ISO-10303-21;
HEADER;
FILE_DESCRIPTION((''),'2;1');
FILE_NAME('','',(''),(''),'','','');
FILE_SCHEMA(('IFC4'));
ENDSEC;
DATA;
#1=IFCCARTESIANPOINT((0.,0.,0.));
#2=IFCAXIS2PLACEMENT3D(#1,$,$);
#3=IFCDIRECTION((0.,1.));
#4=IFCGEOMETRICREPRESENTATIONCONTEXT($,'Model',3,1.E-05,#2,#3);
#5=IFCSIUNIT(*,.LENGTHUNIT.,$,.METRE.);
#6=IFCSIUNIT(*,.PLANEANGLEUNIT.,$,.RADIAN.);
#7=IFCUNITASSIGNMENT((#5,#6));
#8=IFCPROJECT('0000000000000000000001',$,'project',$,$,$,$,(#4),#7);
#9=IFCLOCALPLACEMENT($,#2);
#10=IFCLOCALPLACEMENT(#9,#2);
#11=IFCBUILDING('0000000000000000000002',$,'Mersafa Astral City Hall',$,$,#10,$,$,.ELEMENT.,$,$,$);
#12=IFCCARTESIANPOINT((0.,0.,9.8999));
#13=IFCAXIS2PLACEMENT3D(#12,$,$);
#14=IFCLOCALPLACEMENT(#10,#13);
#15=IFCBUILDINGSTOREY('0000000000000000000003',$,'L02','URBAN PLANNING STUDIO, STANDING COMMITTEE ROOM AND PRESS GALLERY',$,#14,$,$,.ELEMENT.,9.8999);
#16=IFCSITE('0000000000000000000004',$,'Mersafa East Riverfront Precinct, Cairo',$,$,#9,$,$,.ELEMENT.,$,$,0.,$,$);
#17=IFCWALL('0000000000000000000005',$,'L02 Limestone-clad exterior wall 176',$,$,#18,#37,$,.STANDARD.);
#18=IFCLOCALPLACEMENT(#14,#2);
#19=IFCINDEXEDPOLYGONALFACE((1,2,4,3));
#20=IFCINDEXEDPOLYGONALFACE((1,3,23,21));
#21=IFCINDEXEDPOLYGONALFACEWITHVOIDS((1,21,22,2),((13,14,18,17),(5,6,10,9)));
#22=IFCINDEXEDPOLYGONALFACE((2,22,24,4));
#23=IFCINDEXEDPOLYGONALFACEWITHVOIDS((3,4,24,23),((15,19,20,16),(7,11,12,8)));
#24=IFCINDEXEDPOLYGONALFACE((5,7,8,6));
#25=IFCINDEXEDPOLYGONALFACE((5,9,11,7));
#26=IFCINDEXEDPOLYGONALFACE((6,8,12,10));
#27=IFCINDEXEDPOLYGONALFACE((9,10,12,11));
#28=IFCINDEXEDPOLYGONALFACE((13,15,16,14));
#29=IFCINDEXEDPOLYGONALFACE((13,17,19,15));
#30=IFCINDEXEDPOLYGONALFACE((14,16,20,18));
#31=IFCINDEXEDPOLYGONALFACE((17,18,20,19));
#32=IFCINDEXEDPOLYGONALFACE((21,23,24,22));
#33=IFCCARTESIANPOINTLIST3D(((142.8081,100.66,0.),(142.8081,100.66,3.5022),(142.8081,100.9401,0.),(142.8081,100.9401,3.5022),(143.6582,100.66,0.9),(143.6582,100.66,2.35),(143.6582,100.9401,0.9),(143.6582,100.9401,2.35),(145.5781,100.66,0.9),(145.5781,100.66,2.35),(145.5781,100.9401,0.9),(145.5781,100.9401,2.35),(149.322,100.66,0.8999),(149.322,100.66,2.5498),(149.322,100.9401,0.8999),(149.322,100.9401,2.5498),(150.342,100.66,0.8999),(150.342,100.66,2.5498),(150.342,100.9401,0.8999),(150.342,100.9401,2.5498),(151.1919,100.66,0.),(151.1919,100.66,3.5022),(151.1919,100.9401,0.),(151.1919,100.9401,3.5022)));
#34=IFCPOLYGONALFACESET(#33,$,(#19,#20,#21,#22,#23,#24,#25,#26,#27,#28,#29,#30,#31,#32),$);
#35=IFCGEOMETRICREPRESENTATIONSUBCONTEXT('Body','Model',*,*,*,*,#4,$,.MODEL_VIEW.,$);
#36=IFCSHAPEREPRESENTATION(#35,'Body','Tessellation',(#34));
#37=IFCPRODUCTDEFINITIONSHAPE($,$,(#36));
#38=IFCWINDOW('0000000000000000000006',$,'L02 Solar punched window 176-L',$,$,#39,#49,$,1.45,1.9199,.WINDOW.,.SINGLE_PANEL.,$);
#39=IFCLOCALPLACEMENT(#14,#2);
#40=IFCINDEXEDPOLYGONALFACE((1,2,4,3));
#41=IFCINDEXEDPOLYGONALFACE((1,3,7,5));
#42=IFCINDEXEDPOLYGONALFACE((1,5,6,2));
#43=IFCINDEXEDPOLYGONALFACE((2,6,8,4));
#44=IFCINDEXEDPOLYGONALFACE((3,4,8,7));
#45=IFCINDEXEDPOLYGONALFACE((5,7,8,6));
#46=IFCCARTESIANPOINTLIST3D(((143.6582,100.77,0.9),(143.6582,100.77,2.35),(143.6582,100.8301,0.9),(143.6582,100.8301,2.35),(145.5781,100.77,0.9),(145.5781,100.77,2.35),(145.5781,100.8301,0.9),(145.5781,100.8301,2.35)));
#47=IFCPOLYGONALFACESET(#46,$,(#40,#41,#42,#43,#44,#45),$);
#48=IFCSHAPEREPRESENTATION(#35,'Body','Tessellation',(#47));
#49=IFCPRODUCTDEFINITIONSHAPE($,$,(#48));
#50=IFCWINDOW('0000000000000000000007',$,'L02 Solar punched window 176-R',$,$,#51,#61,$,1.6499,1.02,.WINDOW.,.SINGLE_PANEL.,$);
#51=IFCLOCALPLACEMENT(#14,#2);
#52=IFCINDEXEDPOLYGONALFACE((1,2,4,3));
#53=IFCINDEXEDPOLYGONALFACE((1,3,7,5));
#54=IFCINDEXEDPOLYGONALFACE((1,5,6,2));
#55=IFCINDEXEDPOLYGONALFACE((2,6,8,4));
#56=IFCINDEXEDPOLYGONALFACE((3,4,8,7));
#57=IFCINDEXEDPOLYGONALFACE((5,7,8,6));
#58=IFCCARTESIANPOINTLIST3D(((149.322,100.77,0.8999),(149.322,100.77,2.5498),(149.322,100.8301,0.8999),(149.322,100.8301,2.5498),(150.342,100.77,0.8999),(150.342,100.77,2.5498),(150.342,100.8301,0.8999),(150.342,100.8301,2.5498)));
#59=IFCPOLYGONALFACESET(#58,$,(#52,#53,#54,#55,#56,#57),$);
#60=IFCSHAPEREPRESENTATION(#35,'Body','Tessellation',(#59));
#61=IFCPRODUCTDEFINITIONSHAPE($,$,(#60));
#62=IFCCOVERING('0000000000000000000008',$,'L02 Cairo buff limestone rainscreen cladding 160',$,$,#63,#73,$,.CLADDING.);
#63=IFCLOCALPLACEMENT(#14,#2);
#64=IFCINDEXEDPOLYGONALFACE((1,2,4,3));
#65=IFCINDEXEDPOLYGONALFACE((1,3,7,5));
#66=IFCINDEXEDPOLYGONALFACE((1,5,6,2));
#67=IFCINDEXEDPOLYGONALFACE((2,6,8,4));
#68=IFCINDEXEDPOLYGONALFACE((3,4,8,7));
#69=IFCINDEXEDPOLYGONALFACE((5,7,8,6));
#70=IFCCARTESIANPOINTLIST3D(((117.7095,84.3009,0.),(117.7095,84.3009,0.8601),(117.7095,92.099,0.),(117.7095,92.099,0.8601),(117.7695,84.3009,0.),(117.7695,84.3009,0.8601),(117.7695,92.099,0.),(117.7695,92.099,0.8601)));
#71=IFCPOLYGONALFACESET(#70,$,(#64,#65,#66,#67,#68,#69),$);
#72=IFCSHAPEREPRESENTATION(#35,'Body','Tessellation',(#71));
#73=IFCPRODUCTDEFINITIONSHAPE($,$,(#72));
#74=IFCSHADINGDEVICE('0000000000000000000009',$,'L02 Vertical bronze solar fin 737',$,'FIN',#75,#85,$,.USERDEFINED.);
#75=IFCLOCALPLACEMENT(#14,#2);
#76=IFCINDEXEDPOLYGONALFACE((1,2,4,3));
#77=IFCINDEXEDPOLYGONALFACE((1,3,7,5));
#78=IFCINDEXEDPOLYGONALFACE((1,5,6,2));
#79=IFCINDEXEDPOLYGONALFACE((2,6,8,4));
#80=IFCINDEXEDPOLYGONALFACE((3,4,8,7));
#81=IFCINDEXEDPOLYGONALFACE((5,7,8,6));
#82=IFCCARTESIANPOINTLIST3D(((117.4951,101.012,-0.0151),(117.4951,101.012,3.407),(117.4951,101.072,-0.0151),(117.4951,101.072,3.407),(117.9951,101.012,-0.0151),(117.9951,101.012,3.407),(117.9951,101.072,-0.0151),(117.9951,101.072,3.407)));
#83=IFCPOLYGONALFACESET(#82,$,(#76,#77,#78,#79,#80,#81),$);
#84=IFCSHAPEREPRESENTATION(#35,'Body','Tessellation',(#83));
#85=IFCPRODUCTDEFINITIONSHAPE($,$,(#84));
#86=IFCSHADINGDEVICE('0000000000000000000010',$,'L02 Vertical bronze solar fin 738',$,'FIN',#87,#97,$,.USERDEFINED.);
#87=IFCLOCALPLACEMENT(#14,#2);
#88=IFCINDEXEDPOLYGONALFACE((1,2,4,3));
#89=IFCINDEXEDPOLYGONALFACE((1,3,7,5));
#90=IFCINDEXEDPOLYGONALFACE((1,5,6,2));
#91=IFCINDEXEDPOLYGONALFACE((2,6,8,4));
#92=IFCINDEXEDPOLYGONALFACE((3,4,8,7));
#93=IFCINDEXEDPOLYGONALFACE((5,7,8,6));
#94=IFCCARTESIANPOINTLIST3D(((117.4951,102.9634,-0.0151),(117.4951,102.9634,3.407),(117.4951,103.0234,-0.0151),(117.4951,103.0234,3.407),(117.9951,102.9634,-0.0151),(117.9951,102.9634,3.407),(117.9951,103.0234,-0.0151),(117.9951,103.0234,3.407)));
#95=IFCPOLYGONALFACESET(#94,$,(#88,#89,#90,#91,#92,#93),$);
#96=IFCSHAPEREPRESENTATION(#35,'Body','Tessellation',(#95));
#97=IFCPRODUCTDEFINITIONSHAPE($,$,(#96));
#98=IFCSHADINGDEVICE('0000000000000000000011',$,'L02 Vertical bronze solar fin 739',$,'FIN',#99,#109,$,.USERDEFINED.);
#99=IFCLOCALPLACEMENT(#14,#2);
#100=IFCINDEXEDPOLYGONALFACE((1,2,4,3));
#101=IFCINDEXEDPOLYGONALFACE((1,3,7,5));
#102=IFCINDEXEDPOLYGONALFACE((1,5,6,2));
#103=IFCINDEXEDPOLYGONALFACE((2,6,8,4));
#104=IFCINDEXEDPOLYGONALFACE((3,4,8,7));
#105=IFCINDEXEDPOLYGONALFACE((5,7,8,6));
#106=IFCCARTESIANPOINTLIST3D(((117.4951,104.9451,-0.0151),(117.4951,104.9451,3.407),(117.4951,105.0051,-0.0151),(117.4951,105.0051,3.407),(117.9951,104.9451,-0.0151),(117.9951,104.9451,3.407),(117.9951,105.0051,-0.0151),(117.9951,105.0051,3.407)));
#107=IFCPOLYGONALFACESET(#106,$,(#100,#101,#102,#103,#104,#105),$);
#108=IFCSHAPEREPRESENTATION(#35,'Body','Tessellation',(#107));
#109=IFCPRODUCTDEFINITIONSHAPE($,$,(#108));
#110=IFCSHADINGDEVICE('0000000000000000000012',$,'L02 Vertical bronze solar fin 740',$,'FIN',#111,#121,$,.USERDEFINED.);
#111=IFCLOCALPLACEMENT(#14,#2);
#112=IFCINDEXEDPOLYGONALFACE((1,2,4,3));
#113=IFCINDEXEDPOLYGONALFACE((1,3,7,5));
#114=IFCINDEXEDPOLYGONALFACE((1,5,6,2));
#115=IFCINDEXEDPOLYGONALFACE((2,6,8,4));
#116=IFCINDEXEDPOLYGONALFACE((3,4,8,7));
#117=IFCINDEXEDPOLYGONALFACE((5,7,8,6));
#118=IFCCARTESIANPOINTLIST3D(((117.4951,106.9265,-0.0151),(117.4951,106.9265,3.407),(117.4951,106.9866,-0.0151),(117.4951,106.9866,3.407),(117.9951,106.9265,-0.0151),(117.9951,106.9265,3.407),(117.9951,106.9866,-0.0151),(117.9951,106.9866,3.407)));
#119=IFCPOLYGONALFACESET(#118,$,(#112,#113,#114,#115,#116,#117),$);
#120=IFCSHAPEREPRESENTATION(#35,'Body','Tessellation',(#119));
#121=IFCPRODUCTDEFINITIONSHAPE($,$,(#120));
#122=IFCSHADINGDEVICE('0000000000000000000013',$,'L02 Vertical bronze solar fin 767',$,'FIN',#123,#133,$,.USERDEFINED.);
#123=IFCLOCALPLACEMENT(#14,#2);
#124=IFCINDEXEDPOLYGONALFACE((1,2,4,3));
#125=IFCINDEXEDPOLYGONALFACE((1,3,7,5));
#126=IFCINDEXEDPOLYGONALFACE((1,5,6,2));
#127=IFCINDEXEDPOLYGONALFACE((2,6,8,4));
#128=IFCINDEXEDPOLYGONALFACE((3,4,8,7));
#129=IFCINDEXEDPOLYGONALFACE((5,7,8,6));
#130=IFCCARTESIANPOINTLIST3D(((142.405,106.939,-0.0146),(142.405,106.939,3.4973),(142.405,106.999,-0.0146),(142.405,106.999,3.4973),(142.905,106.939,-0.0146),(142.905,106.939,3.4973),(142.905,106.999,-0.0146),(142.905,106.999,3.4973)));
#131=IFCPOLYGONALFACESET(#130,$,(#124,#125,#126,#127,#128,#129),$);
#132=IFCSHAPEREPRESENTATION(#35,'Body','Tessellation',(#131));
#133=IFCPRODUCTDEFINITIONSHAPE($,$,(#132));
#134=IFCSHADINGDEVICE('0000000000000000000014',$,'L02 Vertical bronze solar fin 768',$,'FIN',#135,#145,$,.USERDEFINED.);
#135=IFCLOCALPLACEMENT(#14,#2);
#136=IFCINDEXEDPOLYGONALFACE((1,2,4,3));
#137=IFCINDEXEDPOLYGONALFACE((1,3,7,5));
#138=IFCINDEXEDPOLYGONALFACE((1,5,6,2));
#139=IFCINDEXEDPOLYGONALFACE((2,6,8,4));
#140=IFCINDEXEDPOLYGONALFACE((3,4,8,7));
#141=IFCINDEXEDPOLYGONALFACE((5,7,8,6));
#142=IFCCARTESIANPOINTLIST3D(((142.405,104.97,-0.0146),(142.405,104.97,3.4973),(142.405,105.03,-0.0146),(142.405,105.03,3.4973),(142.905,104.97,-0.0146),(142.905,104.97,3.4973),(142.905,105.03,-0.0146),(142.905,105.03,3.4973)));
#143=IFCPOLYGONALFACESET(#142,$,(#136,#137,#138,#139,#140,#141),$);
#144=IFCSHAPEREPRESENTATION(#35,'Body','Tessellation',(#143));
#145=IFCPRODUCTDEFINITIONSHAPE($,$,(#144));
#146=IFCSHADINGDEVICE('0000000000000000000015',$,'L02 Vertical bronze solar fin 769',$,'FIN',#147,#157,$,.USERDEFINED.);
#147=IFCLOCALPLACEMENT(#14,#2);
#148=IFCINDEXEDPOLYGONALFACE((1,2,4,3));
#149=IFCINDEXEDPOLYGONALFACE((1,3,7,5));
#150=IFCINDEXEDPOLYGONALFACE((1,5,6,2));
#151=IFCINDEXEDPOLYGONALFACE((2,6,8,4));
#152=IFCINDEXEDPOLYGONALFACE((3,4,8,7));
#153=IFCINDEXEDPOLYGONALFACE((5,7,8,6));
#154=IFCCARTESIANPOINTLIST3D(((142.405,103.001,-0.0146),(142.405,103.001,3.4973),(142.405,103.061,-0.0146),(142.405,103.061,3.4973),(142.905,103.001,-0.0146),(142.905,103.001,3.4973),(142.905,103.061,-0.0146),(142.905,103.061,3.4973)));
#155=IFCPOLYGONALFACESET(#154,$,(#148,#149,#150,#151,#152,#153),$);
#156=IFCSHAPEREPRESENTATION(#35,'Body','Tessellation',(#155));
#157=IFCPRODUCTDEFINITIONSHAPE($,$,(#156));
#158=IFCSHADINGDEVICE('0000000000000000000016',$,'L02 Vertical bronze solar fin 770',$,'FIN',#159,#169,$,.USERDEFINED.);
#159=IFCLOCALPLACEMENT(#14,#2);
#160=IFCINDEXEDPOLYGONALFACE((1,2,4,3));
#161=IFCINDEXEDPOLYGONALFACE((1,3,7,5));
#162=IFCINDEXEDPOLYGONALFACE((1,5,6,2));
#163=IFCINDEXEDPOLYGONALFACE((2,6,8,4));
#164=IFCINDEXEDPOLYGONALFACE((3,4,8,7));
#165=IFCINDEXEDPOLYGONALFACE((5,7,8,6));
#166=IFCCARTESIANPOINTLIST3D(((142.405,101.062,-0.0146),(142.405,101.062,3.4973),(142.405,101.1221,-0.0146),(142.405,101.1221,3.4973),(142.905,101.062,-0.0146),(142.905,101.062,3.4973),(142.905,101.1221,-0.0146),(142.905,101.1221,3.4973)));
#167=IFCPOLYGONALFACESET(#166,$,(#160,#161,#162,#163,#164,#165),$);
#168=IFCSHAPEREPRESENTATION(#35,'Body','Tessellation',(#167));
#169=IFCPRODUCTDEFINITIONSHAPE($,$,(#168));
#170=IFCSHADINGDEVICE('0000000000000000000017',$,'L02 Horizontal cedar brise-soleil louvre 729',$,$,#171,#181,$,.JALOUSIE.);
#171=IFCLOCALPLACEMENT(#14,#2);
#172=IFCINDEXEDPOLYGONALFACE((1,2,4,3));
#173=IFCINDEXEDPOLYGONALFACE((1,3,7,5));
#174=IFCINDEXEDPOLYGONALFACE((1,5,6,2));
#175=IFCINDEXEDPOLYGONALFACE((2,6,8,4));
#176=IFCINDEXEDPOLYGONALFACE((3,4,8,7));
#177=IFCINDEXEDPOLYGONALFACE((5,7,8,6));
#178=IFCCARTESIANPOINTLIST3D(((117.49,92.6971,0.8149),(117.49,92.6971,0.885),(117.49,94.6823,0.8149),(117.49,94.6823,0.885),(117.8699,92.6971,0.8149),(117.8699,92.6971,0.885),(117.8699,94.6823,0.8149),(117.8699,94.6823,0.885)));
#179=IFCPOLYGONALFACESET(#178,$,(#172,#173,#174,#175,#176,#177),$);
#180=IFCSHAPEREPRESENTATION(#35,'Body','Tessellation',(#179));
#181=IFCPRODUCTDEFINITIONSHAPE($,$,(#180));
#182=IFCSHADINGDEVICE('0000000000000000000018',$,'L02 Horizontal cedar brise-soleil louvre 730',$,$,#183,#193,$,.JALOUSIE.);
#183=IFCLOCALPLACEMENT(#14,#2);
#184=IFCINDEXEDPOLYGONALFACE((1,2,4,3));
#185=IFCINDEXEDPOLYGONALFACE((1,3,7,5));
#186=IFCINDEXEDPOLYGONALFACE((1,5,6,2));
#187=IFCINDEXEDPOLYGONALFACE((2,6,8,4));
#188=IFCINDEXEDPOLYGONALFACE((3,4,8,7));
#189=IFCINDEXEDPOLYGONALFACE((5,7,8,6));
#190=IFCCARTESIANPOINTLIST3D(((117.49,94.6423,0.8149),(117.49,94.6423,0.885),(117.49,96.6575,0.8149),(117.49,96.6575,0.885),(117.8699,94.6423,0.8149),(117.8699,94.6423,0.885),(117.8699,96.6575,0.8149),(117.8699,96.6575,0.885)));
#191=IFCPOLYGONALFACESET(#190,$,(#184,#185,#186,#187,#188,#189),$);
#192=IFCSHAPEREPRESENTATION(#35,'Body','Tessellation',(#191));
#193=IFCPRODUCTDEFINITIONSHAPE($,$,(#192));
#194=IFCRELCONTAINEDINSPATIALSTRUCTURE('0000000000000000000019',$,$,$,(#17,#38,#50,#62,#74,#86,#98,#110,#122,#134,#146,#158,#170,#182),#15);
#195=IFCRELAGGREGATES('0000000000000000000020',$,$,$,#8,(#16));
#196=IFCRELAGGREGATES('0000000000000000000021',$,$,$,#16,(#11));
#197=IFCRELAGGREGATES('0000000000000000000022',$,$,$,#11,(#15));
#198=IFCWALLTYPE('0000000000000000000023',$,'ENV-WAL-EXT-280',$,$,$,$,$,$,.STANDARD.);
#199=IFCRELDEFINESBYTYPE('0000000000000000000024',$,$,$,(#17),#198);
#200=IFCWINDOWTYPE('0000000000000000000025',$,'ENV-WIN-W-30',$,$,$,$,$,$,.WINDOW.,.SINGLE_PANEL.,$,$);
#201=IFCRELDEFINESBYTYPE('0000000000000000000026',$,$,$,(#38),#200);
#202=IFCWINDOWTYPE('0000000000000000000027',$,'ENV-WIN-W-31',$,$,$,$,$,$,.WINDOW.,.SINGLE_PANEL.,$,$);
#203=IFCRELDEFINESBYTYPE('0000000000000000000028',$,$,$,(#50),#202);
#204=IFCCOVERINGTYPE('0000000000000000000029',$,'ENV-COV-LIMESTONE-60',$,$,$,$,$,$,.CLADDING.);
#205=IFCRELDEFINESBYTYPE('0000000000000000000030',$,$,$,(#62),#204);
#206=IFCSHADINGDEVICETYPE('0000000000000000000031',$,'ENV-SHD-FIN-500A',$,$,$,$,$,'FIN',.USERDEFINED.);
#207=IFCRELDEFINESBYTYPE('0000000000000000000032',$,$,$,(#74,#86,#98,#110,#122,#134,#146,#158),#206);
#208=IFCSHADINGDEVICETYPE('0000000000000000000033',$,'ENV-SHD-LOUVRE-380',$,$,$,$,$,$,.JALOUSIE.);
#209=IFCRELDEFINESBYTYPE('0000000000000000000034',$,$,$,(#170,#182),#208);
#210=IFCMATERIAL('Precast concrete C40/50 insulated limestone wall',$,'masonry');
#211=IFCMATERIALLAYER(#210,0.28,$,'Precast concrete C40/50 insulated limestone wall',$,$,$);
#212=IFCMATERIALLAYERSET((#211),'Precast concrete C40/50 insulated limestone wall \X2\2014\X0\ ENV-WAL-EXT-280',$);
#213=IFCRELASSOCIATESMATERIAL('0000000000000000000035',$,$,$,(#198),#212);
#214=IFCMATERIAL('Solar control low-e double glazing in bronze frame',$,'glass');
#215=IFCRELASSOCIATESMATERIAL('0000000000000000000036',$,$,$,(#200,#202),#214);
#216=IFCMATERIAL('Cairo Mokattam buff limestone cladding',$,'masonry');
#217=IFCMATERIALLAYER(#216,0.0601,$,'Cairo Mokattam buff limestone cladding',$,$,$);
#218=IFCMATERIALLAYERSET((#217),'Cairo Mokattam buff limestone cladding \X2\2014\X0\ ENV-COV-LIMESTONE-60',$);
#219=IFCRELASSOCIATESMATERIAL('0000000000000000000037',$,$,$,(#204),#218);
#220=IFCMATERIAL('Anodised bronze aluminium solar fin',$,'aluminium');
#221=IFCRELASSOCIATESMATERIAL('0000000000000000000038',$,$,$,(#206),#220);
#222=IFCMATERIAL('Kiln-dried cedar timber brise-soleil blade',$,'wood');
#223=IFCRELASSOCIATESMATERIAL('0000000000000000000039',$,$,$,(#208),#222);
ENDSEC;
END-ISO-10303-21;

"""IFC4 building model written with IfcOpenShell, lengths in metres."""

from ifc_helpers import new_model, si_unit, direction, frame, frame_2d, origin, origin_2d, place, context, subcontext, project, spatial, rectangle, extrude, material, layer, layer_set, type_object, element, fill, save


model = new_model("IFC4")

# Units and contexts
model_context = context("Model", 3, precision=1e-05, world=origin(), true_north=direction((0.0, 1.0)))
body_context = subcontext(model_context, "Body", "Model", "MODEL_VIEW")
ifc_project = project(units=[si_unit("LENGTHUNIT", "METRE"), si_unit("PLANEANGLEUNIT", "RADIAN")], contexts=[model_context])

# Site, building, storey
site_placement = place(None, origin())
site = spatial("IfcSite", under=ifc_project, at=site_placement, Name="Mersafa East Riverfront Precinct, Cairo", CompositionType="ELEMENT", RefElevation=0.0)
building_placement = place(site_placement, origin())
building = spatial("IfcBuilding", under=site, at=building_placement, Name="Mersafa Astral City Hall", CompositionType="ELEMENT")
storey_placement = place(building_placement, frame((0.0, 0.0, 9.8999)))
storey = spatial("IfcBuildingStorey", under=building, at=storey_placement, Name="L02", Description="URBAN PLANNING STUDIO, STANDING COMMITTEE ROOM AND PRESS GALLERY", CompositionType="ELEMENT", Elevation=9.8999)

# Wall, openings, windows
ifc_material_1 = material(Name="Precast concrete C40/50 insulated limestone wall", Category="masonry")
ifc_layer_1 = layer(ifc_material_1, 0.28, Name="Precast concrete C40/50 insulated limestone wall")
ifc_layer_set_1 = layer_set([ifc_layer_1], Name="Precast concrete C40/50 insulated limestone wall — ENV-WAL-EXT-280")
wall_type = type_object("IfcWallType", Name="ENV-WAL-EXT-280", PredefinedType="STANDARD", material=ifc_layer_set_1)
wall_placement = place(storey_placement, frame((142.8081, 100.8, 0.0), z_axis=(0.0, 0.0, 1.0), x_axis=(1.0, 0.0, 0.0)))
wall = element("IfcWall", 1, at=wall_placement, inside=storey, type_object=wall_type, Name="L02 Limestone-clad exterior wall 176", PredefinedType="STANDARD", context=body_context, shape_type="SweptSolid", body=[
    extrude(rectangle(XDim=8.3838, YDim=0.28, at=frame_2d((4.1919, 0.0))), origin(), (0.0, 0.0, 1.0), 3.5022),
])
opening_1_placement = place(wall_placement, frame((0.8501, 0.0, 0.8999)))
opening_1 = element("IfcOpeningElement", 2, at=opening_1_placement, cuts=wall, PredefinedType="OPENING", context=body_context, shape_type="SweptSolid", body=[
    extrude(rectangle(XDim=1.9199, YDim=1.45, at=frame_2d((0.96, 0.7251))), frame((0.0, 0.1499, 0.0), z_axis=(0.0, -1.0, 0.0), x_axis=(1.0, 0.0, 0.0)), (0.0, 0.0, 1.0), 0.3),
])
opening_2_placement = place(wall_placement, frame((6.5139, 0.0, 0.8999)))
opening_2 = element("IfcOpeningElement", 3, at=opening_2_placement, cuts=wall, PredefinedType="OPENING", context=body_context, shape_type="SweptSolid", body=[
    extrude(rectangle(XDim=1.02, YDim=1.6499, at=frame_2d((0.51, 0.825))), frame((0.0, 0.1499, 0.0), z_axis=(0.0, -1.0, 0.0), x_axis=(1.0, 0.0, 0.0)), (0.0, 0.0, 1.0), 0.3),
])
ifc_material_2 = material(Name="Solar control low-e double glazing in bronze frame", Category="glass")
window_type_1 = type_object("IfcWindowType", Name="ENV-WIN-W-30", PartitioningType="SINGLE_PANEL", PredefinedType="WINDOW", material=ifc_material_2)
window_1_placement = place(opening_1_placement, origin())
window_1 = element("IfcWindow", 4, at=window_1_placement, inside=storey, type_object=window_type_1, Name="L02 Solar punched window 176-L", OverallHeight=1.45, OverallWidth=1.9199, PartitioningType="SINGLE_PANEL", PredefinedType="WINDOW", context=body_context, shape_type="SweptSolid", body=[
    extrude(rectangle(XDim=1.9199, YDim=1.45, at=frame_2d((0.96, 0.7251))), frame((0.0, 0.03, 0.0), z_axis=(0.0, -1.0, 0.0), x_axis=(1.0, 0.0, 0.0)), (0.0, 0.0, 1.0), 0.0601),
])
fill(opening_1, window_1)
window_type_2 = type_object("IfcWindowType", Name="ENV-WIN-W-31", PartitioningType="SINGLE_PANEL", PredefinedType="WINDOW", material=ifc_material_2)
window_2_placement = place(opening_2_placement, origin())
window_2 = element("IfcWindow", 5, at=window_2_placement, inside=storey, type_object=window_type_2, Name="L02 Solar punched window 176-R", OverallHeight=1.6499, OverallWidth=1.02, PartitioningType="SINGLE_PANEL", PredefinedType="WINDOW", context=body_context, shape_type="SweptSolid", body=[
    extrude(rectangle(XDim=1.02, YDim=1.6499, at=frame_2d((0.51, 0.825))), frame((0.0, 0.03, 0.0), z_axis=(0.0, -1.0, 0.0), x_axis=(1.0, 0.0, 0.0)), (0.0, 0.0, 1.0), 0.0601),
])
fill(opening_2, window_2)

# Covering
ifc_material_3 = material(Name="Cairo Mokattam buff limestone cladding", Category="masonry")
ifc_layer_2 = layer(ifc_material_3, 0.0601, Name="Cairo Mokattam buff limestone cladding")
ifc_layer_set_2 = layer_set([ifc_layer_2], Name="Cairo Mokattam buff limestone cladding — ENV-COV-LIMESTONE-60")
covering_type = type_object("IfcCoveringType", Name="ENV-COV-LIMESTONE-60", PredefinedType="CLADDING", material=ifc_layer_set_2)
covering_placement = place(storey_placement, frame((117.7395, 88.2, 0.0), z_axis=(0.0, 0.0, 1.0), x_axis=(0.0, 1.0, 0.0)))
element("IfcCovering", 6, at=covering_placement, inside=storey, type_object=covering_type, Name="L02 Cairo buff limestone rainscreen cladding 160", PredefinedType="CLADDING", context=body_context, shape_type="SweptSolid", body=[
    extrude(rectangle(XDim=7.7981, YDim=0.0601, at=origin_2d()), origin(), (0.0, 0.0, 1.0), 0.8601),
])

# Shading devices
ifc_material_4 = material(Name="Anodised bronze aluminium solar fin", Category="aluminium")
shading_device_type_1 = type_object("IfcShadingDeviceType", Name="ENV-SHD-FIN-500A", ElementType="FIN", PredefinedType="USERDEFINED", material=ifc_material_4)
for number, where, z_axis, x_axis, name in (
    (7, (117.7451, 101.042, -0.0151), (0.0, 0.0, 1.0), (0.0, 1.0, 0.0), "L02 Vertical bronze solar fin 737"),
    (8, (117.7451, 102.9934, -0.0151), (0.0, 0.0, 1.0), (0.0, 1.0, 0.0), "L02 Vertical bronze solar fin 738"),
    (9, (117.7451, 104.9751, -0.0151), (0.0, 0.0, 1.0), (0.0, 1.0, 0.0), "L02 Vertical bronze solar fin 739"),
    (10, (117.7451, 106.9565, -0.0151), (0.0, 0.0, 1.0), (0.0, 1.0, 0.0), "L02 Vertical bronze solar fin 740"),
):
    element("IfcShadingDevice", number, at=place(storey_placement, frame(where, z_axis=z_axis, x_axis=x_axis)), inside=storey, type_object=shading_device_type_1, Name=name, ObjectType="FIN", PredefinedType="USERDEFINED", context=body_context, shape_type="SweptSolid", body=[
        extrude(rectangle(XDim=0.0601, YDim=0.5, at=origin_2d()), origin(), (0.0, 0.0, 1.0), 3.4221),
    ])
for number, where, z_axis, x_axis, name in (
    (11, (142.655, 106.969, -0.0146), (0.0, 0.0, 1.0), (0.0, -1.0, 0.0), "L02 Vertical bronze solar fin 767"),
    (12, (142.655, 105.0, -0.0146), (0.0, 0.0, 1.0), (0.0, -1.0, 0.0), "L02 Vertical bronze solar fin 768"),
    (13, (142.655, 103.031, -0.0146), (0.0, 0.0, 1.0), (0.0, -1.0, 0.0), "L02 Vertical bronze solar fin 769"),
    (14, (142.655, 101.092, -0.0146), (0.0, 0.0, 1.0), (0.0, -1.0, 0.0), "L02 Vertical bronze solar fin 770"),
):
    element("IfcShadingDevice", number, at=place(storey_placement, frame(where, z_axis=z_axis, x_axis=x_axis)), inside=storey, type_object=shading_device_type_1, Name=name, ObjectType="FIN", PredefinedType="USERDEFINED", context=body_context, shape_type="SweptSolid", body=[
        extrude(rectangle(XDim=0.0601, YDim=0.5, at=origin_2d()), origin(), (0.0, 0.0, 1.0), 3.512),
    ])
ifc_material_5 = material(Name="Kiln-dried cedar timber brise-soleil blade", Category="wood")
shading_device_type_2 = type_object("IfcShadingDeviceType", Name="ENV-SHD-LOUVRE-380", PredefinedType="JALOUSIE", material=ifc_material_5)
shading_device_1_placement = place(storey_placement, frame((117.6799, 93.6897, 0.8149), z_axis=(0.0, 0.0, 1.0), x_axis=(0.0, 1.0, 0.0)))
element("IfcShadingDevice", 15, at=shading_device_1_placement, inside=storey, type_object=shading_device_type_2, Name="L02 Horizontal cedar brise-soleil louvre 729", PredefinedType="JALOUSIE", context=body_context, shape_type="SweptSolid", body=[
    extrude(rectangle(XDim=1.9851, YDim=0.3799, at=origin_2d()), origin(), (0.0, 0.0, 1.0), 0.0701),
])
for number, where, z_axis, x_axis, name in (
    (16, (117.6799, 95.6499, 0.8149), (0.0, 0.0, 1.0), (0.0, 1.0, 0.0), "L02 Horizontal cedar brise-soleil louvre 730"),
):
    element("IfcShadingDevice", number, at=place(storey_placement, frame(where, z_axis=z_axis, x_axis=x_axis)), inside=storey, type_object=shading_device_type_2, Name=name, PredefinedType="JALOUSIE", context=body_context, shape_type="SweptSolid", body=[
        extrude(rectangle(XDim=2.0151, YDim=0.3799, at=origin_2d()), origin(), (0.0, 0.0, 1.0), 0.0701),
    ])

save(model, "model.ifc")
